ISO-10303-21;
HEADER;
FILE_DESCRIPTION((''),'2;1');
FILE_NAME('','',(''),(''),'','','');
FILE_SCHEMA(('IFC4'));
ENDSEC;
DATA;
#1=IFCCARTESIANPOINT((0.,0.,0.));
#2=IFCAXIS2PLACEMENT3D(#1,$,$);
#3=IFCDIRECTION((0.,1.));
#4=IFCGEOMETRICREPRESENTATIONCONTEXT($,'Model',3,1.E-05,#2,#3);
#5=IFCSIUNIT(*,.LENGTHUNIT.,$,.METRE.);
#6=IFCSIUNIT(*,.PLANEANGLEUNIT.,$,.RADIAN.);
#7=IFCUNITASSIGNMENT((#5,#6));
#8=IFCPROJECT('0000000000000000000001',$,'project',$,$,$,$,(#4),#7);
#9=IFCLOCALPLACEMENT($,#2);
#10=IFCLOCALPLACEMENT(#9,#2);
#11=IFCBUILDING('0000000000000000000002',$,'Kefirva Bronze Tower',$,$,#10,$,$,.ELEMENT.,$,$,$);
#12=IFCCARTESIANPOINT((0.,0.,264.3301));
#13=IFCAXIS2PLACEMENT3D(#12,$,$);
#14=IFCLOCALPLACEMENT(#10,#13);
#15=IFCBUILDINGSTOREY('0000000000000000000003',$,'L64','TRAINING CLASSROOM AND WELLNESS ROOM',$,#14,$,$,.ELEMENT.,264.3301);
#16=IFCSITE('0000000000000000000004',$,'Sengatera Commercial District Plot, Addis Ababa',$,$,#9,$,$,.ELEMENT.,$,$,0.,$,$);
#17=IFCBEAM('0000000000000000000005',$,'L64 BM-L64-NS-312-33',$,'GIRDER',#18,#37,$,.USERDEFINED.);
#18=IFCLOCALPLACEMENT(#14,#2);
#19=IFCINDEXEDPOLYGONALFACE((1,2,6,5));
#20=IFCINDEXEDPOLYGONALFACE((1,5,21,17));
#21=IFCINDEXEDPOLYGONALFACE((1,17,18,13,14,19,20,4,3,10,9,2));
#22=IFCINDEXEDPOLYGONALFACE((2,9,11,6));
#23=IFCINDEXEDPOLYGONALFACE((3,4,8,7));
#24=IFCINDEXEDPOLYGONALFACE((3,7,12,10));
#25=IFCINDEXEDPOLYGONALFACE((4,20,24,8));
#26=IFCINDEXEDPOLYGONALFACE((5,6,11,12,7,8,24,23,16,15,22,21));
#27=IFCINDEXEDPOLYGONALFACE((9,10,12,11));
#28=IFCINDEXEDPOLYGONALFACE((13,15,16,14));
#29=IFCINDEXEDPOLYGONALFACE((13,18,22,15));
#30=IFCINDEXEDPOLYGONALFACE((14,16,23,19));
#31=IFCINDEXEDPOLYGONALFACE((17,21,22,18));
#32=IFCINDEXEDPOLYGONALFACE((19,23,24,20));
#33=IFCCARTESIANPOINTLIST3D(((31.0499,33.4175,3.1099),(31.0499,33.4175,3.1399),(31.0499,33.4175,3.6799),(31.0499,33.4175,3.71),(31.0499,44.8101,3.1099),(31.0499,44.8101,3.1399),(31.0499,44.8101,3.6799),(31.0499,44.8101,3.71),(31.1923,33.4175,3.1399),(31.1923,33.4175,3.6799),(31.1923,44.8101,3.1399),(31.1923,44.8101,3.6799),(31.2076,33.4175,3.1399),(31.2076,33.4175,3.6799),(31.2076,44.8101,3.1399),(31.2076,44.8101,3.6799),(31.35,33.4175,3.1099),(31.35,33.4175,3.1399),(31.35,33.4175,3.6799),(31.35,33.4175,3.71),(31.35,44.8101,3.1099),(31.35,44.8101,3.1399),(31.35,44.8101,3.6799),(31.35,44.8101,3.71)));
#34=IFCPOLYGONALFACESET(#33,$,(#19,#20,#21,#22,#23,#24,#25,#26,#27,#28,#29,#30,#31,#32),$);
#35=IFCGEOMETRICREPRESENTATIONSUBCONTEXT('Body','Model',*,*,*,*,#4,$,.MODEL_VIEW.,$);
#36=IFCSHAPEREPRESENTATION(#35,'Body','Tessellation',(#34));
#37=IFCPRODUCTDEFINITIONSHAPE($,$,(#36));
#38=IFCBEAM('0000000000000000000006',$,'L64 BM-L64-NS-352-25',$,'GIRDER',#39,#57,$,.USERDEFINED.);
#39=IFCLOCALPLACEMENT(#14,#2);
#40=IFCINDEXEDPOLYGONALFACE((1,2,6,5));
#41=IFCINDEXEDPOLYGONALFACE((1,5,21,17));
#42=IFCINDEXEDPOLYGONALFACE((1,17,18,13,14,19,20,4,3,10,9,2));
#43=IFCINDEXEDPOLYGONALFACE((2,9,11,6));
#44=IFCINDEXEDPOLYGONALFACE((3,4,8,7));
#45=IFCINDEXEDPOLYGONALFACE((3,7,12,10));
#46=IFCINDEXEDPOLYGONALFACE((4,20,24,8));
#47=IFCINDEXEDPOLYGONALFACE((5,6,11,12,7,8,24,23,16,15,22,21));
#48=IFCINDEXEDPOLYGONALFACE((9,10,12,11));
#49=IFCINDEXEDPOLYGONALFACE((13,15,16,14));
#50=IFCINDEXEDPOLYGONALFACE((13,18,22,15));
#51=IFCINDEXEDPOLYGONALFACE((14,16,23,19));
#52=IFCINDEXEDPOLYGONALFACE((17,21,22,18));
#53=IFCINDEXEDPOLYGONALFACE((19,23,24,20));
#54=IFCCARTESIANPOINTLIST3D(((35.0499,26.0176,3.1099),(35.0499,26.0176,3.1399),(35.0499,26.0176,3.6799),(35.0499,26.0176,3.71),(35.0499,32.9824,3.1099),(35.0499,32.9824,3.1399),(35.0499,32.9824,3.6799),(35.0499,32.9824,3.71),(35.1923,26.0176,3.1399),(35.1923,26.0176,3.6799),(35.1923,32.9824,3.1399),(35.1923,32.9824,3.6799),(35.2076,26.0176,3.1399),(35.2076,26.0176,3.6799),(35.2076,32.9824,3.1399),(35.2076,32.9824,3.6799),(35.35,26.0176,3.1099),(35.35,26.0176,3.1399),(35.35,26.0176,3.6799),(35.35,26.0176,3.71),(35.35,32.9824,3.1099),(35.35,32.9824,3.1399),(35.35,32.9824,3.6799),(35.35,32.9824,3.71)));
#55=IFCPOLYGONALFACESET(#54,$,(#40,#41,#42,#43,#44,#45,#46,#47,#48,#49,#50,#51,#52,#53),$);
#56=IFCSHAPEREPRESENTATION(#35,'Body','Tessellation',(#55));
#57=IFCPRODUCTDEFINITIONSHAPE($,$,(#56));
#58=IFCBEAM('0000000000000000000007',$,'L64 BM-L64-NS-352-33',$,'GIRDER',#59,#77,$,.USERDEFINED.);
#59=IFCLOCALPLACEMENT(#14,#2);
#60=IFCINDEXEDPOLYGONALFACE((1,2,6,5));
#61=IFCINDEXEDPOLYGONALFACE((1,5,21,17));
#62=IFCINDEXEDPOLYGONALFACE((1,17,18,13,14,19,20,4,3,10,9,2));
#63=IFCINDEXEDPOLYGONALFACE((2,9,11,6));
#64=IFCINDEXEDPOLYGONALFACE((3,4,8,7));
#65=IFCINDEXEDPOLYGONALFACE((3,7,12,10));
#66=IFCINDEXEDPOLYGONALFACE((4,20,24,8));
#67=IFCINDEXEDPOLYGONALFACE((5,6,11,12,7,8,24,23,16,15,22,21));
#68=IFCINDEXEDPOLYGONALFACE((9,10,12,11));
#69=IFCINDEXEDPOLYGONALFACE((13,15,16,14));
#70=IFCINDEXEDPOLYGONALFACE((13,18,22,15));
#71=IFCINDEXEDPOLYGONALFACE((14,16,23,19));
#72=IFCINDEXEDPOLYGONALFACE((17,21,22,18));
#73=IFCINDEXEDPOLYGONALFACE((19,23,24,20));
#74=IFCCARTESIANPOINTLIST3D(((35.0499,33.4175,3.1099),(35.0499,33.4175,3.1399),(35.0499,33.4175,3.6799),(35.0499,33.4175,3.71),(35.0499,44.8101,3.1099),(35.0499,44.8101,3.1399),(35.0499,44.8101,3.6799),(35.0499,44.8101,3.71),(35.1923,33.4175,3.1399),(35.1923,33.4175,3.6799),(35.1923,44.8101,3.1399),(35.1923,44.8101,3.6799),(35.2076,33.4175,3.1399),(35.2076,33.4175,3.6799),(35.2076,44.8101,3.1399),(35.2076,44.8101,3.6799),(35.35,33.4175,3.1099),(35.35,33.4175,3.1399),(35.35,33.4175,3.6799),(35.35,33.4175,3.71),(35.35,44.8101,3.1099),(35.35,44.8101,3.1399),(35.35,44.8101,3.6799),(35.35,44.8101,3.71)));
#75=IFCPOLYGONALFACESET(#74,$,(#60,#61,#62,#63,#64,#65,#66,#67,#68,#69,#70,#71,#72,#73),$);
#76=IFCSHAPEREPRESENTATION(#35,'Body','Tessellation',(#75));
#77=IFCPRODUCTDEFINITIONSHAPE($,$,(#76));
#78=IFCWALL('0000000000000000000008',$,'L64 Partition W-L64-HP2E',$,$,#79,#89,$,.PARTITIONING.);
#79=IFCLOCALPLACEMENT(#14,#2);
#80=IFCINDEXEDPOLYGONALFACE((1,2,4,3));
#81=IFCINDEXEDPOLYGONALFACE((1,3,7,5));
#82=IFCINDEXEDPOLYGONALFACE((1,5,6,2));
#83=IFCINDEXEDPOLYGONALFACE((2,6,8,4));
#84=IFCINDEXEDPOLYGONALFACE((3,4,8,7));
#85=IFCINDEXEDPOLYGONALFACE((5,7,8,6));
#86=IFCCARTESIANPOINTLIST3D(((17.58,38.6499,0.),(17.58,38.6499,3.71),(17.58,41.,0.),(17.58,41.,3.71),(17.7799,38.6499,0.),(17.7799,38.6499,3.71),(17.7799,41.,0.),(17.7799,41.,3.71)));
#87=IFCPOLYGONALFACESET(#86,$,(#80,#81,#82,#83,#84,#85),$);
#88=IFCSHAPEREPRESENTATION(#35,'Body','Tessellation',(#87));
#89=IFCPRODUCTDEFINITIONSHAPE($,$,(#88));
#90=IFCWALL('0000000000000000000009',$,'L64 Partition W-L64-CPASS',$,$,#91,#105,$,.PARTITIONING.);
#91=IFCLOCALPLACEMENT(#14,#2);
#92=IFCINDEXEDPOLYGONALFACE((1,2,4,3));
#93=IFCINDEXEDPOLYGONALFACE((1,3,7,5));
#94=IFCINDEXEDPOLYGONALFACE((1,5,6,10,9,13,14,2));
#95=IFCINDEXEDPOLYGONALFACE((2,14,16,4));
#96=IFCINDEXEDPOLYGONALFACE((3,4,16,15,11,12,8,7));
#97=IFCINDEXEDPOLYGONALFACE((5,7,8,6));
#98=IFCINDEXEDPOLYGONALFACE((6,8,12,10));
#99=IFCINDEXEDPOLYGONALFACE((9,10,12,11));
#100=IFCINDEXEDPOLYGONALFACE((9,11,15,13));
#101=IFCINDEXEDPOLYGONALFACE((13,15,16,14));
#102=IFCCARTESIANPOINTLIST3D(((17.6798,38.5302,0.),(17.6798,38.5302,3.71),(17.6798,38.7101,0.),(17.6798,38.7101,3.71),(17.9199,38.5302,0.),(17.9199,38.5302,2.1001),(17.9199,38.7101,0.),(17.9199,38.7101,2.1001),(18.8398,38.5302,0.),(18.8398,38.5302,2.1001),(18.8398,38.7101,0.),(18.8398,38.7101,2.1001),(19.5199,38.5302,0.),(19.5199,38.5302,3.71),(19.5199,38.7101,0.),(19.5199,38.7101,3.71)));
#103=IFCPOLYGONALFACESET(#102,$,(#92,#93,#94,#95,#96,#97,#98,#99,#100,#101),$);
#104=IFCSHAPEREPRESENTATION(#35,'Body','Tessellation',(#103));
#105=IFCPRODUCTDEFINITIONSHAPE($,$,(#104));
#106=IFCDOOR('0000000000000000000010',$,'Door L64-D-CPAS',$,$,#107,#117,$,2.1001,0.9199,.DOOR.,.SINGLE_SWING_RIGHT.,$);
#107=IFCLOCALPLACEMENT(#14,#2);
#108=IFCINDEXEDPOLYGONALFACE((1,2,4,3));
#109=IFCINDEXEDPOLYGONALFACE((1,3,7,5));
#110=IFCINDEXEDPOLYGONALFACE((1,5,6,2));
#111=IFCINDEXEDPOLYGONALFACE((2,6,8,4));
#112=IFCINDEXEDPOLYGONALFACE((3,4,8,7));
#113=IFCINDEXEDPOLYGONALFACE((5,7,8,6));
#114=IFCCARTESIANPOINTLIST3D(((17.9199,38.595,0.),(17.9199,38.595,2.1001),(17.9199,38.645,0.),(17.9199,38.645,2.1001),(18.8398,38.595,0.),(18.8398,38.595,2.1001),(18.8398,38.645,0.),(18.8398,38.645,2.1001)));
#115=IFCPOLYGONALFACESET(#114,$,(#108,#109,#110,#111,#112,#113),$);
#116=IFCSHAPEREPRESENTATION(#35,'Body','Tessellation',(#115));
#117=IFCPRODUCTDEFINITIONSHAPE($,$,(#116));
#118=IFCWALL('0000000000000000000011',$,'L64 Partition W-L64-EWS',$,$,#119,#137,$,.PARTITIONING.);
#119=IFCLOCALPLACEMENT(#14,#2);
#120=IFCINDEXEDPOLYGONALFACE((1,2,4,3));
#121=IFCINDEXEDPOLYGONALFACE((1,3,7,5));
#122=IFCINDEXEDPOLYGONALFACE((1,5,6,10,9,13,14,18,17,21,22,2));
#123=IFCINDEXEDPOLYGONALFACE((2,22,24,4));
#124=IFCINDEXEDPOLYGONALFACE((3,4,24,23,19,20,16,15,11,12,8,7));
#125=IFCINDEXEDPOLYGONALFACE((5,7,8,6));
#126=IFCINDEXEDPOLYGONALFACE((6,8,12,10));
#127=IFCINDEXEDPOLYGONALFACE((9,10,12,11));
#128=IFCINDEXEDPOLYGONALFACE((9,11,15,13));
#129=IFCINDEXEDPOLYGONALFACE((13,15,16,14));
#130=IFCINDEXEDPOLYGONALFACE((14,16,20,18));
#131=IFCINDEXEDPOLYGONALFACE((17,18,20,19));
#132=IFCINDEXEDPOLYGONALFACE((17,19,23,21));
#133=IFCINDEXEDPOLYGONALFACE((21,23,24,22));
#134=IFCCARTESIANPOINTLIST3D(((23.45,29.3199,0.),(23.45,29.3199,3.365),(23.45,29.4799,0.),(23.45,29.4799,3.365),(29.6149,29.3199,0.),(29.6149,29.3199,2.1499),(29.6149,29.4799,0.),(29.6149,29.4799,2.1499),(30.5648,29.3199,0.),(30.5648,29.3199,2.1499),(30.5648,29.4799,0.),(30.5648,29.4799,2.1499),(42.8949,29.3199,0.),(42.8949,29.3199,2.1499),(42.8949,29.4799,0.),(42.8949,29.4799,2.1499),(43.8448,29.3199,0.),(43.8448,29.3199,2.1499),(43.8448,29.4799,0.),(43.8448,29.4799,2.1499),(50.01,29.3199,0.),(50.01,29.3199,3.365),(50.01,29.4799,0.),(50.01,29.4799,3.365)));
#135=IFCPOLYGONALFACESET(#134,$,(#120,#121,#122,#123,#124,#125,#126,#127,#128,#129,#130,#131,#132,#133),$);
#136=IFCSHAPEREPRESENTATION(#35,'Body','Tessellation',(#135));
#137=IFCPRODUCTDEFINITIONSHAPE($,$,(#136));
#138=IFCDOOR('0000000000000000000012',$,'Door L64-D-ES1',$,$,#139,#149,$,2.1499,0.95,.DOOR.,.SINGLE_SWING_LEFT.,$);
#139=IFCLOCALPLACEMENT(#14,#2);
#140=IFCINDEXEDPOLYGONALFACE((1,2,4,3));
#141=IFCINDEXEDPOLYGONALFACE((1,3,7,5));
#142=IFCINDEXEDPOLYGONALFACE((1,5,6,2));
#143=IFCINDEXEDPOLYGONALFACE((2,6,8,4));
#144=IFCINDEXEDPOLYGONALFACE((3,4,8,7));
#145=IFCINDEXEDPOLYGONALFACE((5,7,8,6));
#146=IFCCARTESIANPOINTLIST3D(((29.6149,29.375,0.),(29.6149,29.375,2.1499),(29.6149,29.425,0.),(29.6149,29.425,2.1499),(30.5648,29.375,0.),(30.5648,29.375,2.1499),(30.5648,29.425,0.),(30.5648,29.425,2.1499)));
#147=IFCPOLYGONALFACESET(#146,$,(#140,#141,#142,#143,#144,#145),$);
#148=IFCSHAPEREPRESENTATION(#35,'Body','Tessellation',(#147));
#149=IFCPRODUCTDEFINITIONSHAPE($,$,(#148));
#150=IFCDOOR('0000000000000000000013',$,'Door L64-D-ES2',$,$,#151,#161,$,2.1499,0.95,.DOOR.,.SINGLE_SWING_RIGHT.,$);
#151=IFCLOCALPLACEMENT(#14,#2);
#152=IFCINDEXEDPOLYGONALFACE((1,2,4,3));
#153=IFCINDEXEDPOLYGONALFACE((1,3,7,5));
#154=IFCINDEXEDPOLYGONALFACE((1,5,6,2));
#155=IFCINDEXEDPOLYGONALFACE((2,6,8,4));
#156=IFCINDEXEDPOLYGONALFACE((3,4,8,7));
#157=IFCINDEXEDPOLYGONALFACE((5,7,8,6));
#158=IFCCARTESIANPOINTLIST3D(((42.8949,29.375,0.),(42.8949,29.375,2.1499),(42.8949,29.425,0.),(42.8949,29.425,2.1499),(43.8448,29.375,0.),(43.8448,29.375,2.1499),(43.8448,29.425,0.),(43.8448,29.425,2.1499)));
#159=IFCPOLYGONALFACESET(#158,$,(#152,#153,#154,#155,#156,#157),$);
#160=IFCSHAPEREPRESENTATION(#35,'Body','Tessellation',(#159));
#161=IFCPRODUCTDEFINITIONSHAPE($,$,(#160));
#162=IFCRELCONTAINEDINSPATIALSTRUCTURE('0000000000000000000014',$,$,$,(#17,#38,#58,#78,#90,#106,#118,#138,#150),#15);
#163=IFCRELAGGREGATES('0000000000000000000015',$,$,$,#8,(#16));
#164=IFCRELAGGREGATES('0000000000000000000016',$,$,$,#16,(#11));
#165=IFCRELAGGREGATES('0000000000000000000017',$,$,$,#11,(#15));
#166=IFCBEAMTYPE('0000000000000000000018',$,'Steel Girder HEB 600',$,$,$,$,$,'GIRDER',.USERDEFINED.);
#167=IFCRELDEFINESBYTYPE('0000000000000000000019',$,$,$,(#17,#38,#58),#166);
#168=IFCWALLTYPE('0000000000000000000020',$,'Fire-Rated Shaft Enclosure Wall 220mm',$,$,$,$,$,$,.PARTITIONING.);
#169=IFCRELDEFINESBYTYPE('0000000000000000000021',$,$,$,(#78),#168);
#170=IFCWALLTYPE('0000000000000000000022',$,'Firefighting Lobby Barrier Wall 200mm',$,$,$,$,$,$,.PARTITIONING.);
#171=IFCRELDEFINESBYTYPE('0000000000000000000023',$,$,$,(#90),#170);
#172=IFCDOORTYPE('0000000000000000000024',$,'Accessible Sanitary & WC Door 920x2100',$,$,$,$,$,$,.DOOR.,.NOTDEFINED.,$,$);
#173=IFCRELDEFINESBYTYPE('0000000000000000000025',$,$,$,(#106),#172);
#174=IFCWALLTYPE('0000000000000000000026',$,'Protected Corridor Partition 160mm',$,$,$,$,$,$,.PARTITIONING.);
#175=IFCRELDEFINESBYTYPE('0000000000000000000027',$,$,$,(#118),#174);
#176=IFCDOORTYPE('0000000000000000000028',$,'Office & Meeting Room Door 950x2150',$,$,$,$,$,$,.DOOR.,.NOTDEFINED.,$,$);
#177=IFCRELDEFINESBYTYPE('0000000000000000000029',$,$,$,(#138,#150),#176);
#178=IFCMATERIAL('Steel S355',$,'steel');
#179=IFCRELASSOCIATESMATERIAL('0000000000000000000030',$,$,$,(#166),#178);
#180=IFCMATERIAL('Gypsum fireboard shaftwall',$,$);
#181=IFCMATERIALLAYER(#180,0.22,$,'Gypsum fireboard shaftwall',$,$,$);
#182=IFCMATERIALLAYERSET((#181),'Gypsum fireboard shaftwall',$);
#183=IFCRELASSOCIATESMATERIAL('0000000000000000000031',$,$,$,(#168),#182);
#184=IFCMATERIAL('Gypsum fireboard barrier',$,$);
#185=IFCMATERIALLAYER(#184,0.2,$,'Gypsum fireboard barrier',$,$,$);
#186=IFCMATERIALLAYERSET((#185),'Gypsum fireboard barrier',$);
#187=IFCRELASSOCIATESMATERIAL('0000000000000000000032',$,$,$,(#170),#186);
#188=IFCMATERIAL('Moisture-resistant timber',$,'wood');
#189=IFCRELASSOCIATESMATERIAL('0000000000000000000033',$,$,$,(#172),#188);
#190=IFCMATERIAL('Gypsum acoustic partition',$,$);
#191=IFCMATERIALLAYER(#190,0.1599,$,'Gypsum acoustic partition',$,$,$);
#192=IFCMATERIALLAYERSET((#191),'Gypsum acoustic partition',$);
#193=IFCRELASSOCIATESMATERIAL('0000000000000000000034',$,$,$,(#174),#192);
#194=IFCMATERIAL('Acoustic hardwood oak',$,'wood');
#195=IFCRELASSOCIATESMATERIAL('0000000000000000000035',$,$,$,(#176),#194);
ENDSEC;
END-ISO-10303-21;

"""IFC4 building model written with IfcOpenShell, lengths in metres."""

from ifc_helpers import new_model, si_unit, direction, frame, frame_2d, origin, origin_2d, place, context, subcontext, project, spatial, rectangle, i_section, extrude, material, layer, layer_set, material_profile, profile_set, type_object, element, fill, save


model = new_model("IFC4")

# Units and contexts
model_context = context("Model", 3, precision=1e-05, world=origin(), true_north=direction((0.0, 1.0)))
body_context = subcontext(model_context, "Body", "Model", "MODEL_VIEW")
ifc_project = project(units=[si_unit("LENGTHUNIT", "METRE"), si_unit("PLANEANGLEUNIT", "RADIAN")], contexts=[model_context])

# Site, building, storey
site_placement = place(None, origin())
site = spatial("IfcSite", under=ifc_project, at=site_placement, Name="Sengatera Commercial District Plot, Addis Ababa", CompositionType="ELEMENT", RefElevation=0.0)
building_placement = place(site_placement, origin())
building = spatial("IfcBuilding", under=site, at=building_placement, Name="Kefirva Bronze Tower", CompositionType="ELEMENT")
storey_placement = place(building_placement, frame((0.0, 0.0, 264.3301)))
storey = spatial("IfcBuildingStorey", under=building, at=storey_placement, Name="L64", Description="TRAINING CLASSROOM AND WELLNESS ROOM", CompositionType="ELEMENT", Elevation=264.3301)

# Beams
ifc_material_1 = material(Name="Steel S355", Category="steel")
ifc_material_profile_1 = material_profile(ifc_material_1, i_section(OverallWidth=0.3, OverallDepth=0.6001, WebThickness=0.0154, FlangeThickness=0.03, at=origin_2d()), Name="HEB 600")
ifc_profile_set_1 = profile_set([ifc_material_profile_1], Name="Steel S355")
beam_type_1 = type_object("IfcBeamType", Name="Steel Girder HEB 600", ElementType="GIRDER", PredefinedType="USERDEFINED", material=ifc_profile_set_1)
beam_1_placement = place(storey_placement, frame((31.2, 33.4175, 3.4099), z_axis=(0.0, 1.0, 0.0), x_axis=(-1.0, 0.0, 0.0)))
element("IfcBeam", 1, at=beam_1_placement, inside=storey, type_object=beam_type_1, Name="L64 BM-L64-NS-312-33", ObjectType="GIRDER", PredefinedType="USERDEFINED", context=body_context, shape_type="SweptSolid", body=[
    extrude(i_section(OverallWidth=0.3, OverallDepth=0.6001, WebThickness=0.0154, FlangeThickness=0.03, at=origin_2d()), origin(), (0.0, 0.0, 1.0), 11.3926),
])
beam_2_placement = place(storey_placement, frame((35.2, 26.0176, 3.4099), z_axis=(0.0, 1.0, 0.0), x_axis=(-1.0, 0.0, 0.0)))
element("IfcBeam", 2, at=beam_2_placement, inside=storey, type_object=beam_type_1, Name="L64 BM-L64-NS-352-25", ObjectType="GIRDER", PredefinedType="USERDEFINED", context=body_context, shape_type="SweptSolid", body=[
    extrude(i_section(OverallWidth=0.3, OverallDepth=0.6001, WebThickness=0.0154, FlangeThickness=0.03, at=origin_2d()), origin(), (0.0, 0.0, 1.0), 6.9648),
])
beam_3_placement = place(storey_placement, frame((35.2, 33.4175, 3.4099), z_axis=(0.0, 1.0, 0.0), x_axis=(-1.0, 0.0, 0.0)))
element("IfcBeam", 3, at=beam_3_placement, inside=storey, type_object=beam_type_1, Name="L64 BM-L64-NS-352-33", ObjectType="GIRDER", PredefinedType="USERDEFINED", context=body_context, shape_type="SweptSolid", body=[
    extrude(i_section(OverallWidth=0.3, OverallDepth=0.6001, WebThickness=0.0154, FlangeThickness=0.03, at=origin_2d()), origin(), (0.0, 0.0, 1.0), 11.3926),
])

# Shared definitions
ifc_material_2 = material(Name="Gypsum fireboard shaftwall")
ifc_layer_1 = layer(ifc_material_2, 0.22, Name="Gypsum fireboard shaftwall")
ifc_layer_set_1 = layer_set([ifc_layer_1], Name="Gypsum fireboard shaftwall")
wall_type_1 = type_object("IfcWallType", Name="Fire-Rated Shaft Enclosure Wall 220mm", PredefinedType="PARTITIONING", material=ifc_layer_set_1)

# Wall
wall_1_placement = place(storey_placement, frame((17.6799, 38.6499, 0.0), z_axis=(0.0, 0.0, 1.0), x_axis=(0.0, 1.0, 0.0)))
element("IfcWall", 4, at=wall_1_placement, inside=storey, type_object=wall_type_1, Name="L64 Partition W-L64-HP2E", PredefinedType="PARTITIONING", context=body_context, shape_type="SweptSolid", body=[
    extrude(rectangle(XDim=2.3501, YDim=0.2, at=frame_2d((1.175, 0.0))), origin(), (0.0, 0.0, 1.0), 3.71),
])

# Wall, opening, door
ifc_material_3 = material(Name="Gypsum fireboard barrier")
ifc_layer_2 = layer(ifc_material_3, 0.2, Name="Gypsum fireboard barrier")
ifc_layer_set_2 = layer_set([ifc_layer_2], Name="Gypsum fireboard barrier")
wall_type_2 = type_object("IfcWallType", Name="Firefighting Lobby Barrier Wall 200mm", PredefinedType="PARTITIONING", material=ifc_layer_set_2)
wall_2_placement = place(storey_placement, frame((17.6799, 38.6201, 0.0), z_axis=(0.0, 0.0, 1.0), x_axis=(1.0, 0.0, 0.0)))
wall_2 = element("IfcWall", 5, at=wall_2_placement, inside=storey, type_object=wall_type_2, Name="L64 Partition W-L64-CPASS", PredefinedType="PARTITIONING", context=body_context, shape_type="SweptSolid", body=[
    extrude(rectangle(XDim=1.8401, YDim=0.1799, at=frame_2d((0.9199, 0.0))), origin(), (0.0, 0.0, 1.0), 3.71),
])
opening_1_placement = place(wall_2_placement, frame((0.24, 0.0, 0.0)))
opening_1 = element("IfcOpeningElement", 6, at=opening_1_placement, cuts=wall_2, PredefinedType="OPENING", context=body_context, shape_type="SweptSolid", body=[
    extrude(rectangle(XDim=0.9199, YDim=2.1001, at=frame_2d((0.46, 1.05))), frame((0.0, 0.1001, 0.0), z_axis=(0.0, -1.0, 0.0), x_axis=(1.0, 0.0, 0.0)), (0.0, 0.0, 1.0), 0.2),
])
ifc_material_4 = material(Name="Moisture-resistant timber", Category="wood")
door_type_1 = type_object("IfcDoorType", Name="Accessible Sanitary & WC Door 920x2100", OperationType="NOTDEFINED", PredefinedType="DOOR", material=ifc_material_4)
door_1_placement = place(opening_1_placement, origin())
door_1 = element("IfcDoor", 7, at=door_1_placement, inside=storey, type_object=door_type_1, Name="Door L64-D-CPAS", OperationType="SINGLE_SWING_RIGHT", OverallHeight=2.1001, OverallWidth=0.9199, PredefinedType="DOOR", context=body_context, shape_type="SweptSolid", body=[
    extrude(rectangle(XDim=0.9199, YDim=2.1001, at=frame_2d((0.46, 1.05))), frame((0.0, 0.0249, 0.0), z_axis=(0.0, -1.0, 0.0), x_axis=(1.0, 0.0, 0.0)), (0.0, 0.0, 1.0), 0.05),
])
fill(opening_1, door_1)

# Wall, openings, doors
ifc_material_5 = material(Name="Gypsum acoustic partition")
ifc_layer_3 = layer(ifc_material_5, 0.1599, Name="Gypsum acoustic partition")
ifc_layer_set_3 = layer_set([ifc_layer_3], Name="Gypsum acoustic partition")
wall_type_3 = type_object("IfcWallType", Name="Protected Corridor Partition 160mm", PredefinedType="PARTITIONING", material=ifc_layer_set_3)
wall_3_placement = place(storey_placement, frame((23.45, 29.3999, 0.0), z_axis=(0.0, 0.0, 1.0), x_axis=(1.0, 0.0, 0.0)))
wall_3 = element("IfcWall", 8, at=wall_3_placement, inside=storey, type_object=wall_type_3, Name="L64 Partition W-L64-EWS", PredefinedType="PARTITIONING", context=body_context, shape_type="SweptSolid", body=[
    extrude(rectangle(XDim=26.5601, YDim=0.1599, at=frame_2d((13.28, 0.0))), origin(), (0.0, 0.0, 1.0), 3.365),
])
opening_2_placement = place(wall_3_placement, frame((7.115, 0.0, 0.0), z_axis=(0.0, 0.0, 1.0), x_axis=(-1.0, 0.0, 0.0)))
opening_2 = element("IfcOpeningElement", 9, at=opening_2_placement, cuts=wall_3, PredefinedType="OPENING", context=body_context, shape_type="SweptSolid", body=[
    extrude(rectangle(XDim=0.95, YDim=2.1499, at=frame_2d((0.4751, 1.075))), frame((0.0, 0.0898, 0.0), z_axis=(0.0, -1.0, 0.0), x_axis=(1.0, 0.0, 0.0)), (0.0, 0.0, 1.0), 0.1799),
])
opening_3_placement = place(wall_3_placement, frame((20.395, 0.0, 0.0), z_axis=(0.0, 0.0, 1.0), x_axis=(-1.0, 0.0, 0.0)))
opening_3 = element("IfcOpeningElement", 10, at=opening_3_placement, cuts=wall_3, PredefinedType="OPENING", context=body_context, shape_type="SweptSolid", body=[
    extrude(rectangle(XDim=0.95, YDim=2.1499, at=frame_2d((0.4751, 1.075))), frame((0.0, 0.0898, 0.0), z_axis=(0.0, -1.0, 0.0), x_axis=(1.0, 0.0, 0.0)), (0.0, 0.0, 1.0), 0.1799),
])
ifc_material_6 = material(Name="Acoustic hardwood oak", Category="wood")
door_type_2 = type_object("IfcDoorType", Name="Office & Meeting Room Door 950x2150", OperationType="NOTDEFINED", PredefinedType="DOOR", material=ifc_material_6)
door_2_placement = place(opening_2_placement, origin())
door_2 = element("IfcDoor", 11, at=door_2_placement, inside=storey, type_object=door_type_2, Name="Door L64-D-ES1", OperationType="SINGLE_SWING_LEFT", OverallHeight=2.1499, OverallWidth=0.95, PredefinedType="DOOR", context=body_context, shape_type="SweptSolid", body=[
    extrude(rectangle(XDim=0.95, YDim=2.1499, at=frame_2d((0.4751, 1.075))), frame((0.0, 0.0249, 0.0), z_axis=(0.0, -1.0, 0.0), x_axis=(1.0, 0.0, 0.0)), (0.0, 0.0, 1.0), 0.05),
])
fill(opening_2, door_2)
door_3_placement = place(opening_3_placement, origin())
door_3 = element("IfcDoor", 12, at=door_3_placement, inside=storey, type_object=door_type_2, Name="Door L64-D-ES2", OperationType="SINGLE_SWING_RIGHT", OverallHeight=2.1499, OverallWidth=0.95, PredefinedType="DOOR", context=body_context, shape_type="SweptSolid", body=[
    extrude(rectangle(XDim=0.95, YDim=2.1499, at=frame_2d((0.4751, 1.075))), frame((0.0, 0.0249, 0.0), z_axis=(0.0, -1.0, 0.0), x_axis=(1.0, 0.0, 0.0)), (0.0, 0.0, 1.0), 0.05),
])
fill(opening_3, door_3)

save(model, "model.ifc")
